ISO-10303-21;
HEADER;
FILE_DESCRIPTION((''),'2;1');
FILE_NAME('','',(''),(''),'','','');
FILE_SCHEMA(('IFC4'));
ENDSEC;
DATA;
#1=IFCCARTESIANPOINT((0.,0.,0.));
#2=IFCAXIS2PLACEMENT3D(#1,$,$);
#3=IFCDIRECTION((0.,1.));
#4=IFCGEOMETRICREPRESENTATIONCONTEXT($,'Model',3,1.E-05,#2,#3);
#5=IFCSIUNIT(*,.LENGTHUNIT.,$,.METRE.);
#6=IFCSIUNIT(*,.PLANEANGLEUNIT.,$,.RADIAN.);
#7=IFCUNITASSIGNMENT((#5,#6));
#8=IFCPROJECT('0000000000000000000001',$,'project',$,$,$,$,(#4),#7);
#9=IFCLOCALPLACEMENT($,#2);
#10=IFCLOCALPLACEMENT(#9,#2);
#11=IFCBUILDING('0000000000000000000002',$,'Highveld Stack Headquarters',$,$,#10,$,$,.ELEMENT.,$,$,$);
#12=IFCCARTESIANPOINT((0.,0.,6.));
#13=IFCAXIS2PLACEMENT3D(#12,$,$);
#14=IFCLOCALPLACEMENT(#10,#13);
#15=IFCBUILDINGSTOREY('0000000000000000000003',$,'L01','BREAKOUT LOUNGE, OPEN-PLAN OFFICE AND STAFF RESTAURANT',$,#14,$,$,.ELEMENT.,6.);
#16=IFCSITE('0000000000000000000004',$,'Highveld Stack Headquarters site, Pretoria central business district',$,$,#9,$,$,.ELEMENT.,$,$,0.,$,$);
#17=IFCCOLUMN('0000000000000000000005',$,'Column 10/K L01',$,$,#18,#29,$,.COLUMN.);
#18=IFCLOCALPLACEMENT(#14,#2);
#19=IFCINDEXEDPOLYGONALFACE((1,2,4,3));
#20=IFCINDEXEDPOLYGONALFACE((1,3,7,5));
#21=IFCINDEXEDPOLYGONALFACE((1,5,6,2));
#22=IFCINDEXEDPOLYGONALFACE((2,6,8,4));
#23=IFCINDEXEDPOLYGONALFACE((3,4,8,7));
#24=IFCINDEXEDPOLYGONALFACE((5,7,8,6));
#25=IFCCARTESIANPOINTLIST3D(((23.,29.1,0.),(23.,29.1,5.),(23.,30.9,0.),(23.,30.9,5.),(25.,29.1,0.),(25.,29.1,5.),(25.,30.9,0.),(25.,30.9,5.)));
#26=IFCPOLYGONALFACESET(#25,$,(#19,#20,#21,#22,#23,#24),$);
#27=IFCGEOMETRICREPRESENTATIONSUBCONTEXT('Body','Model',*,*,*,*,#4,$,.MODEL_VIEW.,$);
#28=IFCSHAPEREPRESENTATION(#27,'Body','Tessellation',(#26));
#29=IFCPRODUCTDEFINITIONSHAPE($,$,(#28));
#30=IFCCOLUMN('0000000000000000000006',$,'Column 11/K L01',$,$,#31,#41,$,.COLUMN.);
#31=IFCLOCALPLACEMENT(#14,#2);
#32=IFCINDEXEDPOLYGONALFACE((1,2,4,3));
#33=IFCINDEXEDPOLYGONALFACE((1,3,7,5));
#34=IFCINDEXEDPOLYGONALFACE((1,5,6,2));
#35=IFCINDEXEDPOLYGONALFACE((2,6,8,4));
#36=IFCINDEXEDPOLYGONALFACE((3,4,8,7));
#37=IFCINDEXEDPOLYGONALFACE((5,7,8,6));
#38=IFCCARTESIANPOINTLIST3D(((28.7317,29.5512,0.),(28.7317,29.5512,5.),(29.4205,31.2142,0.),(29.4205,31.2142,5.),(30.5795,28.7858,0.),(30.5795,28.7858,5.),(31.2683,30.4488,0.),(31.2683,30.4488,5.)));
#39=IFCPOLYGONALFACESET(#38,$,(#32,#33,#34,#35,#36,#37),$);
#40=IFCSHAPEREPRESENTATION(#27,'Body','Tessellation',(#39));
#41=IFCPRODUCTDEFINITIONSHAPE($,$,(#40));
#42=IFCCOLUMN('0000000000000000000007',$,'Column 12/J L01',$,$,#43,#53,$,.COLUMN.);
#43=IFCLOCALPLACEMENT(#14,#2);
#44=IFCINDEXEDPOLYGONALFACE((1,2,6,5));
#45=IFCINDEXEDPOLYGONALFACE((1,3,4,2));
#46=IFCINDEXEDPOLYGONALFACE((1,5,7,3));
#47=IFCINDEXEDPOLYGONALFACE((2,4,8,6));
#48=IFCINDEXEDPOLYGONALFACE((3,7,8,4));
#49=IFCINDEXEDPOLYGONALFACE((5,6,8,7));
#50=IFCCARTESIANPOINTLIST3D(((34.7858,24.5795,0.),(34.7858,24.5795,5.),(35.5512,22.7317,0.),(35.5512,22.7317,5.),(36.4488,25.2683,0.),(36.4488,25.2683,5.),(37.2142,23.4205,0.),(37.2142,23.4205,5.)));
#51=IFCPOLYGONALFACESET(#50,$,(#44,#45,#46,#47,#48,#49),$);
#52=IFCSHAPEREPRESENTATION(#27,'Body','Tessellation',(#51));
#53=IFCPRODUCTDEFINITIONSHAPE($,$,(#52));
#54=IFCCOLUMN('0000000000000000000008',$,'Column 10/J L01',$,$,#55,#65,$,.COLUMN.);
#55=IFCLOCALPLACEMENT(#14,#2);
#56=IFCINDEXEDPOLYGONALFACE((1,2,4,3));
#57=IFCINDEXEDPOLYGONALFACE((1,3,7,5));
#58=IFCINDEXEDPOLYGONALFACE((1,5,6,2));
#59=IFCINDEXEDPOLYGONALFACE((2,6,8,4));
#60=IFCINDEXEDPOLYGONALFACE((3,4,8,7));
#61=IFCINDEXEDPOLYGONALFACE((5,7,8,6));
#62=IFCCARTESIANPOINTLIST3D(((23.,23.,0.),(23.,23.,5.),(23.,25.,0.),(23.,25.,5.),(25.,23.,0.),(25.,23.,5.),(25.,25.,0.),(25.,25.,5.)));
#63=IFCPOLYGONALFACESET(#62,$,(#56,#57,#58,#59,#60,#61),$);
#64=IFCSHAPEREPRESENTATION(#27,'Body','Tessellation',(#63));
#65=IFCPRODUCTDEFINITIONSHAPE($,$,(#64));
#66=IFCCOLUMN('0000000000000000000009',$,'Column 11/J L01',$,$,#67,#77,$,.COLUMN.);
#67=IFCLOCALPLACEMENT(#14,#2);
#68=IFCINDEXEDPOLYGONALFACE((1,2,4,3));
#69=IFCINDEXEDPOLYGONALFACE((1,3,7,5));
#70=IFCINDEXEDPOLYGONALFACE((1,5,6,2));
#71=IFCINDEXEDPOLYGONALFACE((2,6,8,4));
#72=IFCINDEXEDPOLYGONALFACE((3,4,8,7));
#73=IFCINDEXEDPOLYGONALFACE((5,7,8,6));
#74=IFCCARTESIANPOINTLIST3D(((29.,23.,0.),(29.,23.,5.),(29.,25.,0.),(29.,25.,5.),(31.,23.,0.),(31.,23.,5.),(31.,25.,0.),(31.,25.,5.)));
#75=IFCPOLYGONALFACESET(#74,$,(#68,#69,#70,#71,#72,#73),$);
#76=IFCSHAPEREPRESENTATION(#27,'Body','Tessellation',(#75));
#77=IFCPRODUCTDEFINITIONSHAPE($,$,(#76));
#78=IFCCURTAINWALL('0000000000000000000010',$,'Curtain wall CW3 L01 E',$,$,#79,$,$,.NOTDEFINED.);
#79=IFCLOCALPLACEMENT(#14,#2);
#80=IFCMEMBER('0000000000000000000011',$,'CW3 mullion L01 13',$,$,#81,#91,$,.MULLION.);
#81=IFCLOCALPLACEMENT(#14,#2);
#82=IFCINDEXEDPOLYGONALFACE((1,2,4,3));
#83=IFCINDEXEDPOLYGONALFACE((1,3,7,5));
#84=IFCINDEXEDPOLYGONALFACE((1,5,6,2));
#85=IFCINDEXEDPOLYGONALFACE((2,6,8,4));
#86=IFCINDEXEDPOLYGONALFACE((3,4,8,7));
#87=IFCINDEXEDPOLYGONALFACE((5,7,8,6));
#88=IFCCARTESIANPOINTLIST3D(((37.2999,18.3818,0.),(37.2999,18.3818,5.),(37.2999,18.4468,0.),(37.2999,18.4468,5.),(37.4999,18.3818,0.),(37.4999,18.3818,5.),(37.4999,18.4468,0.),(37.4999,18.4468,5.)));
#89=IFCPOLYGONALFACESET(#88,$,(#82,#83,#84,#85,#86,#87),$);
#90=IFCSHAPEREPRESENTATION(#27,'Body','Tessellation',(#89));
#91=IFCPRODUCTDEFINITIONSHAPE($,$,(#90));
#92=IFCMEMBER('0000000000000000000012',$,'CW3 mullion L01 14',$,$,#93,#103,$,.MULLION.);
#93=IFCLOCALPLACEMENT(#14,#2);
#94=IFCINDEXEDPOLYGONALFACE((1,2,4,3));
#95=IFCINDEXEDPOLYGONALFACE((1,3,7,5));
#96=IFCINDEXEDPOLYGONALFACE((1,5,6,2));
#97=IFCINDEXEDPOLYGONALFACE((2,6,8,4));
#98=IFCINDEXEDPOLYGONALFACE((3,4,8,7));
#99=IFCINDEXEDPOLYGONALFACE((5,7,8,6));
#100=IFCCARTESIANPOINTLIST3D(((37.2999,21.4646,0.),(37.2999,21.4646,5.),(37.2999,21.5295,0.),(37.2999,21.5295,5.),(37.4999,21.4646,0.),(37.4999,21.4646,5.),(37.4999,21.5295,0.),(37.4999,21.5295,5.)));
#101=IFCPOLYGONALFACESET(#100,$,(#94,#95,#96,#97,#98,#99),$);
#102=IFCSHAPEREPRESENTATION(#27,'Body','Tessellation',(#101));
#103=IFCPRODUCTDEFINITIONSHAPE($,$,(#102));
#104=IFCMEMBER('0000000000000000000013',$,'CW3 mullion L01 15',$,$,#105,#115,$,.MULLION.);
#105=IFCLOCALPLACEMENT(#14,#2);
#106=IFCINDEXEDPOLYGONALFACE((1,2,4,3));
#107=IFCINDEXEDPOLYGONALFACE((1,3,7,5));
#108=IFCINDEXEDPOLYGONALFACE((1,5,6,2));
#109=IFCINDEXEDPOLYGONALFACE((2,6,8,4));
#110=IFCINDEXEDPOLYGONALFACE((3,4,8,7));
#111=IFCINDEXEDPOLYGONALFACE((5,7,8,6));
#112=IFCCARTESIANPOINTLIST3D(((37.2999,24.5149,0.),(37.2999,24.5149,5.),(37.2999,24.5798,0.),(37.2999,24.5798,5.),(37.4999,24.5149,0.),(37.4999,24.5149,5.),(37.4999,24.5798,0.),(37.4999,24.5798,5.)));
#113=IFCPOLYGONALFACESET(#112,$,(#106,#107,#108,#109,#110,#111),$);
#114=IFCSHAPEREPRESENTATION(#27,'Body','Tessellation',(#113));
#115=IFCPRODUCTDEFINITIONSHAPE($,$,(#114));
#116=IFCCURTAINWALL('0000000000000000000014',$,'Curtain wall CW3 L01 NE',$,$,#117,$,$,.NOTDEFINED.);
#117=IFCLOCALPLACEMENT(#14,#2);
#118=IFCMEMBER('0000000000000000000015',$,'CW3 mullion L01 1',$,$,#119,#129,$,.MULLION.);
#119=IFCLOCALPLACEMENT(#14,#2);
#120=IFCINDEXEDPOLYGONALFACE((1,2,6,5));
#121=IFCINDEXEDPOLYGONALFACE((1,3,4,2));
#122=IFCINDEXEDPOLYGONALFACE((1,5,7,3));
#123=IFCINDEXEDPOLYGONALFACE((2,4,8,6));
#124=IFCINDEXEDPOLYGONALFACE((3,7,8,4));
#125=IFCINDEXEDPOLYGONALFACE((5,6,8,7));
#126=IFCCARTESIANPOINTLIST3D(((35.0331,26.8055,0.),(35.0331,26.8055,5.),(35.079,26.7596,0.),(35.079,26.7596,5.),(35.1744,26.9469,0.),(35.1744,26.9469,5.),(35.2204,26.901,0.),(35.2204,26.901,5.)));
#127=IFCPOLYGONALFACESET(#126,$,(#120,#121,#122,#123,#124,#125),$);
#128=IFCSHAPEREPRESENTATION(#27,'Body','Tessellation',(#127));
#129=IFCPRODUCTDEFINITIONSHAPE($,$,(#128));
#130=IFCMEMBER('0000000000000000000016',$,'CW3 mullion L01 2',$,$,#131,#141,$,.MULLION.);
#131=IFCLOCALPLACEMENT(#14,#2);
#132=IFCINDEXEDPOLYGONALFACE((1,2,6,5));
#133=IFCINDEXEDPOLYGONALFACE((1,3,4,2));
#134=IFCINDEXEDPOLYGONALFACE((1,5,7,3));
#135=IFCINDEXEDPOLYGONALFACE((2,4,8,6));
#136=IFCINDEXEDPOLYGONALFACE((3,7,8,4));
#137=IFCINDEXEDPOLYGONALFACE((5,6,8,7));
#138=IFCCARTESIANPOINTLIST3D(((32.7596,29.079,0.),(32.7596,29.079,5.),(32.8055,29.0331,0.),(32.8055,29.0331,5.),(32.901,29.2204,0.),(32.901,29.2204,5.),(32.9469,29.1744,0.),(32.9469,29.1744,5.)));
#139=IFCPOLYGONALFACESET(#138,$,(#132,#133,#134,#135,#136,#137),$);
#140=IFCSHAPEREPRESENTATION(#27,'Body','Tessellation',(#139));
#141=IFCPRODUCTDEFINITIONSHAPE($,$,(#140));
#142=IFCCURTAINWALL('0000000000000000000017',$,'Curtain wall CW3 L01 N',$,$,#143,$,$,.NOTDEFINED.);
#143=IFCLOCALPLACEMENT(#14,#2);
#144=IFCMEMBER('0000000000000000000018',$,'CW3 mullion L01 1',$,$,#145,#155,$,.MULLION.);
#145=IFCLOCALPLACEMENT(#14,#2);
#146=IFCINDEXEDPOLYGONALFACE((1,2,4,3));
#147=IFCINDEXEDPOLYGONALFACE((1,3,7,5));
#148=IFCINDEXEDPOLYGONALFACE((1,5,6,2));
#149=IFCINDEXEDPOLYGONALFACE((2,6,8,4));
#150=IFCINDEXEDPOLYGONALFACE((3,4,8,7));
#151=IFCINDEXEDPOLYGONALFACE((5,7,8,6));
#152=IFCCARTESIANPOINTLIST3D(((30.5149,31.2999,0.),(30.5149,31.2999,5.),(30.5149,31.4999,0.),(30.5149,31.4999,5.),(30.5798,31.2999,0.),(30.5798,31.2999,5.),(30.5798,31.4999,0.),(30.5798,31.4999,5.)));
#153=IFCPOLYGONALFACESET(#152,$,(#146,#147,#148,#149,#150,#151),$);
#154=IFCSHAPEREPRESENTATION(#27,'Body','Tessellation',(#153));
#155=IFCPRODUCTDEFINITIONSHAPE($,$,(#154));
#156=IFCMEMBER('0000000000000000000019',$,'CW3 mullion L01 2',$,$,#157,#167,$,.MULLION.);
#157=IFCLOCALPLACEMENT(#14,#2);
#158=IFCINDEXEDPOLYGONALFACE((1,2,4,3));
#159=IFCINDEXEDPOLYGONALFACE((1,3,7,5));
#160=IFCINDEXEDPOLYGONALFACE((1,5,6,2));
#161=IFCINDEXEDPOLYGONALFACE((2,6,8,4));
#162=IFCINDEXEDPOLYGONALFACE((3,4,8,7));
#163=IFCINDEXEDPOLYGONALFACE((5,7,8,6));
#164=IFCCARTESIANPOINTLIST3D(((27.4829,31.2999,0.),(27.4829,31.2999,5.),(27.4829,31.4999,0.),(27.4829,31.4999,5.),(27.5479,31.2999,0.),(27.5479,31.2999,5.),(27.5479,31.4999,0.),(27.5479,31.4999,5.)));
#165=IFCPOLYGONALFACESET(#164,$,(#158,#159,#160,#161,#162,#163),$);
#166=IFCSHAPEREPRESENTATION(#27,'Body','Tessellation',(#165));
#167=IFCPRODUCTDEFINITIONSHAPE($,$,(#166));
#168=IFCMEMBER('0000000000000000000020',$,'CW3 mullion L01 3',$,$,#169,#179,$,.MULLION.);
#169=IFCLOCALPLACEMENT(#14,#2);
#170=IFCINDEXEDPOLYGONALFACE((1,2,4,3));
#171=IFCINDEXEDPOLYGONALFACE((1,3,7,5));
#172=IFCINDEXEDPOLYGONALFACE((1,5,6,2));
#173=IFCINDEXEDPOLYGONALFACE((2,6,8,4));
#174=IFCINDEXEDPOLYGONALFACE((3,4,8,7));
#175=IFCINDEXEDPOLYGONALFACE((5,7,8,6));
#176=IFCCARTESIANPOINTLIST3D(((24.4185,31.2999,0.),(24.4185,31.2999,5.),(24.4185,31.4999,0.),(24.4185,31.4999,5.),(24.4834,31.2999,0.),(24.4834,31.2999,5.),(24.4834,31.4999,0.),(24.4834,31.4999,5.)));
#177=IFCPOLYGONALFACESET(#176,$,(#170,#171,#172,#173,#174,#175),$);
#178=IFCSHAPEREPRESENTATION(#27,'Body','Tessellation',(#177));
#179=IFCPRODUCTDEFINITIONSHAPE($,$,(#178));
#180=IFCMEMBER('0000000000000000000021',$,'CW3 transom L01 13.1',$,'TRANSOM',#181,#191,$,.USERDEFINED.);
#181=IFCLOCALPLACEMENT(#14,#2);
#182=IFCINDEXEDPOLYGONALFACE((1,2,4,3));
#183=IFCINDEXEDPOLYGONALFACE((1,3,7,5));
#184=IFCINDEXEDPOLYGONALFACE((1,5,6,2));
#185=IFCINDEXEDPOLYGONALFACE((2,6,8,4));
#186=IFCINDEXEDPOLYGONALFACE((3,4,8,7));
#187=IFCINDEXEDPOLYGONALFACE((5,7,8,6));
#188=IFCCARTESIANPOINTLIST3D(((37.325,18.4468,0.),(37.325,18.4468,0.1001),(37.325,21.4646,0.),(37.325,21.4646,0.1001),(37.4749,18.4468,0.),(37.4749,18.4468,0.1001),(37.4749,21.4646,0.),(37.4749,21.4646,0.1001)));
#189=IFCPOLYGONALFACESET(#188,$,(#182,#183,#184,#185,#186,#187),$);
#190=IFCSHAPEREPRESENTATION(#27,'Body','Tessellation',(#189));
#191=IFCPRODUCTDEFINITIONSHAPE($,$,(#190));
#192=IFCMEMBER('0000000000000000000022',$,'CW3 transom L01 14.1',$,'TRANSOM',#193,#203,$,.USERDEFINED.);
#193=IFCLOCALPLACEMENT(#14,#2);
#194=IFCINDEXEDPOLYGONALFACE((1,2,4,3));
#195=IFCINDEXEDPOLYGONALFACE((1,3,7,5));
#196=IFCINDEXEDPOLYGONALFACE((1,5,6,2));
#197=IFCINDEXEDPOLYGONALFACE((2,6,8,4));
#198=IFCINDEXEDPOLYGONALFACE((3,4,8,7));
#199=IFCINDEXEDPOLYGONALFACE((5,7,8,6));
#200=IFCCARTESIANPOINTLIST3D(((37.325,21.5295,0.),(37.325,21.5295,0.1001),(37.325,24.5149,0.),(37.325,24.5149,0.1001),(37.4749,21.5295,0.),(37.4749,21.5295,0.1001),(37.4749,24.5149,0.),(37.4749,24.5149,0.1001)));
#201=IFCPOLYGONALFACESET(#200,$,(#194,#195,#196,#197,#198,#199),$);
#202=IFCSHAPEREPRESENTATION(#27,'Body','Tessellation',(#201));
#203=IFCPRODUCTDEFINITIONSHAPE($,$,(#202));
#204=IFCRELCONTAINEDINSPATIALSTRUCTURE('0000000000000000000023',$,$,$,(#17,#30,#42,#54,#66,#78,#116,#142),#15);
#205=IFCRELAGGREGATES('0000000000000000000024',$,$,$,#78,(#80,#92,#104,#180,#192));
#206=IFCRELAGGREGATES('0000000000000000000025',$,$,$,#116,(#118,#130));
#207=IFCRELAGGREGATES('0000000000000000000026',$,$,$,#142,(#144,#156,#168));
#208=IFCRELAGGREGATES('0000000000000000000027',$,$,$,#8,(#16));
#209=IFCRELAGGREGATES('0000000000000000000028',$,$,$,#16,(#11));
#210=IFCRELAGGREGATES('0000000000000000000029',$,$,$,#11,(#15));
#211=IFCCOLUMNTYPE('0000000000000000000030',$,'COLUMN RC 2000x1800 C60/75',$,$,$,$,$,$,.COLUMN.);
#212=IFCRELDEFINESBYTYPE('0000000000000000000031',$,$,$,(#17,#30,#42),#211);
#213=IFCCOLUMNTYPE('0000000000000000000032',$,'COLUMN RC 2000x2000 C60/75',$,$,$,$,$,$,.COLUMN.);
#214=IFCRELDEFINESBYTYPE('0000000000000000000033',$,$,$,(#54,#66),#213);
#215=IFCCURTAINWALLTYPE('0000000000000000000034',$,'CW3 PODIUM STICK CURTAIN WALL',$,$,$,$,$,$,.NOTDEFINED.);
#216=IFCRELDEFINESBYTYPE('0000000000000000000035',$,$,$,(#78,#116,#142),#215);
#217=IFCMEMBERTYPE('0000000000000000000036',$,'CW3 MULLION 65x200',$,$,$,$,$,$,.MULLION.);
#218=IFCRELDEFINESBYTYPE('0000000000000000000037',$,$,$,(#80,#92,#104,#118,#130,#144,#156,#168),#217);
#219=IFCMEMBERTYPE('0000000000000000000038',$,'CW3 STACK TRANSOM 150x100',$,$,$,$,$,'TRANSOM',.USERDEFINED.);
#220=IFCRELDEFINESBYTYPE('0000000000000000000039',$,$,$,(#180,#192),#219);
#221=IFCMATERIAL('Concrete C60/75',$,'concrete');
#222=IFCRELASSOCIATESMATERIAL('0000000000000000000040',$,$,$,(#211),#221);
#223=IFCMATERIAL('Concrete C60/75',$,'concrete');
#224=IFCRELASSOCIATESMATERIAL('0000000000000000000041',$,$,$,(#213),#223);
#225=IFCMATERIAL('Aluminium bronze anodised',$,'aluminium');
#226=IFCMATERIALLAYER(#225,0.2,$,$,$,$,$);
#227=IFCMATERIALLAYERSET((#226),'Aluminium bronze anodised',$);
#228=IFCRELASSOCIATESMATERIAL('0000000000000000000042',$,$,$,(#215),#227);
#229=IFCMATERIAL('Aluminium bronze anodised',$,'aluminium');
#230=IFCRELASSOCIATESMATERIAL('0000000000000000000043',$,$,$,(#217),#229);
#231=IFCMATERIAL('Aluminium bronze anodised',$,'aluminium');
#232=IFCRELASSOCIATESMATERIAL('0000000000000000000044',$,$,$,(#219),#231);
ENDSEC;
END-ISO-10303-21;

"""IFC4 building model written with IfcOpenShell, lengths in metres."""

from ifc_helpers import new_model, si_unit, direction, frame, origin, origin_2d, place, context, subcontext, project, spatial, rectangle, extrude, material, layer, layer_set, material_profile, profile_set, type_object, element, aggregate, save


model = new_model("IFC4")

# Units and contexts
model_context = context("Model", 3, precision=1e-05, world=origin(), true_north=direction((0.0, 1.0)))
body_context = subcontext(model_context, "Body", "Model", "MODEL_VIEW")
ifc_project = project(units=[si_unit("LENGTHUNIT", "METRE"), si_unit("PLANEANGLEUNIT", "RADIAN")], contexts=[model_context])

# Site, building, storey
site_placement = place(None, origin())
site = spatial("IfcSite", under=ifc_project, at=site_placement, Name="Highveld Stack Headquarters site, Pretoria central business district", CompositionType="ELEMENT", RefElevation=0.0)
building_placement = place(site_placement, origin())
building = spatial("IfcBuilding", under=site, at=building_placement, Name="Highveld Stack Headquarters", CompositionType="ELEMENT")
storey_placement = place(building_placement, frame((0.0, 0.0, 6.0)))
storey = spatial("IfcBuildingStorey", under=building, at=storey_placement, Name="L01", Description="BREAKOUT LOUNGE, OPEN-PLAN OFFICE AND STAFF RESTAURANT", CompositionType="ELEMENT", Elevation=6.0)

# Columns
ifc_material_1 = material(Name="Concrete C60/75", Category="concrete")
ifc_material_profile_1 = material_profile(ifc_material_1, rectangle(XDim=2.0, YDim=1.8, at=origin_2d()), Name="RC 2000x1800")
ifc_profile_set_1 = profile_set([ifc_material_profile_1], Name="Concrete C60/75")
column_type_1 = type_object("IfcColumnType", Name="COLUMN RC 2000x1800 C60/75", PredefinedType="COLUMN", material=ifc_profile_set_1)
for number, where, z_axis, x_axis, name in (
    (1, (24.0, 30.0, 0.0), (0.0, 0.0, 1.0), (1.0, 0.0, 0.0), "Column 10/K L01"),
    (2, (30.0, 30.0, 0.0), (0.0, 0.0, 1.0), (0.92388, -0.382683, 0.0), "Column 11/K L01"),
    (3, (36.0, 24.0, 0.0), (0.0, 0.0, 1.0), (0.382683, -0.92388, 0.0), "Column 12/J L01"),
):
    element("IfcColumn", number, at=place(storey_placement, frame(where, z_axis=z_axis, x_axis=x_axis)), inside=storey, type_object=column_type_1, Name=name, PredefinedType="COLUMN", context=body_context, shape_type="SweptSolid", body=[
        extrude(rectangle(XDim=2.0, YDim=1.8, at=origin_2d()), origin(), (0.0, 0.0, 1.0), 5.0),
    ])
ifc_material_2 = material(Name="Concrete C60/75", Category="concrete")
ifc_material_profile_2 = material_profile(ifc_material_2, rectangle(XDim=2.0, YDim=2.0, at=origin_2d()), Name="RC 2000x2000")
ifc_profile_set_2 = profile_set([ifc_material_profile_2], Name="Concrete C60/75")
column_type_2 = type_object("IfcColumnType", Name="COLUMN RC 2000x2000 C60/75", PredefinedType="COLUMN", material=ifc_profile_set_2)
for number, where, z_axis, x_axis, name in (
    (4, (24.0, 24.0, 0.0), (0.0, 0.0, 1.0), (1.0, 0.0, 0.0), "Column 10/J L01"),
    (5, (30.0, 24.0, 0.0), (0.0, 0.0, 1.0), (1.0, 0.0, 0.0), "Column 11/J L01"),
):
    element("IfcColumn", number, at=place(storey_placement, frame(where, z_axis=z_axis, x_axis=x_axis)), inside=storey, type_object=column_type_2, Name=name, PredefinedType="COLUMN", context=body_context, shape_type="SweptSolid", body=[
        extrude(rectangle(XDim=2.0, YDim=2.0, at=origin_2d()), origin(), (0.0, 0.0, 1.0), 5.0),
    ])

# Curtain walls, members
ifc_material_3 = material(Name="Aluminium bronze anodised", Category="aluminium")
ifc_layer_1 = layer(ifc_material_3, 0.2)
ifc_layer_set_1 = layer_set([ifc_layer_1], Name="Aluminium bronze anodised")
curtain_wall_type = type_object("IfcCurtainWallType", Name="CW3 PODIUM STICK CURTAIN WALL", PredefinedType="NOTDEFINED", material=ifc_layer_set_1)
curtain_wall_1_placement = place(storey_placement, origin())
curtain_wall_1 = element("IfcCurtainWall", 6, at=curtain_wall_1_placement, inside=storey, type_object=curtain_wall_type, Name="Curtain wall CW3 L01 E", PredefinedType="NOTDEFINED")
ifc_material_4 = material(Name="Aluminium bronze anodised", Category="aluminium")
ifc_material_profile_3 = material_profile(ifc_material_4, rectangle(XDim=0.2, YDim=0.0649, at=origin_2d()), Name="CW3 MULLION 65x200")
ifc_profile_set_3 = profile_set([ifc_material_profile_3], Name="Aluminium bronze anodised")
member_type_1 = type_object("IfcMemberType", Name="CW3 MULLION 65x200", PredefinedType="MULLION", material=ifc_profile_set_3)
member_1_placement = place(storey_placement, frame((37.3999, 18.4143, 0.0), z_axis=(0.0, 0.0, 1.0), x_axis=(-1.0, 0.0, 0.0)))
member_1 = element("IfcMember", 7, at=member_1_placement, type_object=member_type_1, Name="CW3 mullion L01 13", PredefinedType="MULLION", context=body_context, shape_type="SweptSolid", body=[
    extrude(rectangle(XDim=0.2, YDim=0.0649, at=origin_2d()), origin(), (0.0, 0.0, 1.0), 5.0),
])
member_2_placement = place(storey_placement, frame((37.3999, 21.4971, 0.0), z_axis=(0.0, 0.0, 1.0), x_axis=(-1.0, 0.0, 0.0)))
member_2 = element("IfcMember", 8, at=member_2_placement, type_object=member_type_1, Name="CW3 mullion L01 14", PredefinedType="MULLION", context=body_context, shape_type="SweptSolid", body=[
    extrude(rectangle(XDim=0.2, YDim=0.0649, at=origin_2d()), origin(), (0.0, 0.0, 1.0), 5.0),
])
member_3_placement = place(storey_placement, frame((37.3999, 24.5474, 0.0), z_axis=(0.0, 0.0, 1.0), x_axis=(-1.0, 0.0, 0.0)))
member_3 = element("IfcMember", 9, at=member_3_placement, type_object=member_type_1, Name="CW3 mullion L01 15", PredefinedType="MULLION", context=body_context, shape_type="SweptSolid", body=[
    extrude(rectangle(XDim=0.2, YDim=0.0649, at=origin_2d()), origin(), (0.0, 0.0, 1.0), 5.0),
])
curtain_wall_2_placement = place(storey_placement, origin())
curtain_wall_2 = element("IfcCurtainWall", 10, at=curtain_wall_2_placement, inside=storey, type_object=curtain_wall_type, Name="Curtain wall CW3 L01 NE", PredefinedType="NOTDEFINED")
member_4_placement = place(storey_placement, frame((35.1267, 26.8533, 0.0), z_axis=(0.0, 0.0, 1.0), x_axis=(-0.707107, -0.707107, 0.0)))
member_4 = element("IfcMember", 11, at=member_4_placement, type_object=member_type_1, Name="CW3 mullion L01 1", PredefinedType="MULLION", context=body_context, shape_type="SweptSolid", body=[
    extrude(rectangle(XDim=0.2, YDim=0.0649, at=origin_2d()), origin(), (0.0, 0.0, 1.0), 5.0),
])
member_5_placement = place(storey_placement, frame((32.8533, 29.1267, 0.0), z_axis=(0.0, 0.0, 1.0), x_axis=(-0.707107, -0.707107, 0.0)))
member_5 = element("IfcMember", 12, at=member_5_placement, type_object=member_type_1, Name="CW3 mullion L01 2", PredefinedType="MULLION", context=body_context, shape_type="SweptSolid", body=[
    extrude(rectangle(XDim=0.2, YDim=0.0649, at=origin_2d()), origin(), (0.0, 0.0, 1.0), 5.0),
])
curtain_wall_3_placement = place(storey_placement, origin())
curtain_wall_3 = element("IfcCurtainWall", 13, at=curtain_wall_3_placement, inside=storey, type_object=curtain_wall_type, Name="Curtain wall CW3 L01 N", PredefinedType="NOTDEFINED")
member_6_placement = place(storey_placement, frame((30.5474, 31.3999, 0.0), z_axis=(0.0, 0.0, 1.0), x_axis=(0.0, -1.0, 0.0)))
member_6 = element("IfcMember", 14, at=member_6_placement, type_object=member_type_1, Name="CW3 mullion L01 1", PredefinedType="MULLION", context=body_context, shape_type="SweptSolid", body=[
    extrude(rectangle(XDim=0.2, YDim=0.0649, at=origin_2d()), origin(), (0.0, 0.0, 1.0), 5.0),
])
member_7_placement = place(storey_placement, frame((27.5154, 31.3999, 0.0), z_axis=(0.0, 0.0, 1.0), x_axis=(0.0, -1.0, 0.0)))
member_7 = element("IfcMember", 15, at=member_7_placement, type_object=member_type_1, Name="CW3 mullion L01 2", PredefinedType="MULLION", context=body_context, shape_type="SweptSolid", body=[
    extrude(rectangle(XDim=0.2, YDim=0.0649, at=origin_2d()), origin(), (0.0, 0.0, 1.0), 5.0),
])
member_8_placement = place(storey_placement, frame((24.4509, 31.3999, 0.0), z_axis=(0.0, 0.0, 1.0), x_axis=(0.0, -1.0, 0.0)))
member_8 = element("IfcMember", 16, at=member_8_placement, type_object=member_type_1, Name="CW3 mullion L01 3", PredefinedType="MULLION", context=body_context, shape_type="SweptSolid", body=[
    extrude(rectangle(XDim=0.2, YDim=0.0649, at=origin_2d()), origin(), (0.0, 0.0, 1.0), 5.0),
])

# Members
ifc_material_5 = material(Name="Aluminium bronze anodised", Category="aluminium")
ifc_material_profile_4 = material_profile(ifc_material_5, rectangle(XDim=0.1499, YDim=0.1001, at=origin_2d()), Name="CW3 TRANSOM 150x100")
ifc_profile_set_4 = profile_set([ifc_material_profile_4], Name="Aluminium bronze anodised")
member_type_2 = type_object("IfcMemberType", Name="CW3 STACK TRANSOM 150x100", ElementType="TRANSOM", PredefinedType="USERDEFINED", material=ifc_profile_set_4)
member_9_placement = place(storey_placement, frame((37.3999, 18.4468, 0.05), z_axis=(0.0, 1.0, 0.0), x_axis=(-1.0, 0.0, 0.0)))
member_9 = element("IfcMember", 17, at=member_9_placement, type_object=member_type_2, Name="CW3 transom L01 13.1", ObjectType="TRANSOM", PredefinedType="USERDEFINED", context=body_context, shape_type="SweptSolid", body=[
    extrude(rectangle(XDim=0.1499, YDim=0.1001, at=origin_2d()), origin(), (0.0, 0.0, 1.0), 3.0178),
])
member_10_placement = place(storey_placement, frame((37.3999, 21.5295, 0.05), z_axis=(0.0, 1.0, 0.0), x_axis=(-1.0, 0.0, 0.0)))
member_10 = element("IfcMember", 18, at=member_10_placement, type_object=member_type_2, Name="CW3 transom L01 14.1", ObjectType="TRANSOM", PredefinedType="USERDEFINED", context=body_context, shape_type="SweptSolid", body=[
    extrude(rectangle(XDim=0.1499, YDim=0.1001, at=origin_2d()), origin(), (0.0, 0.0, 1.0), 2.9854),
])

aggregate(curtain_wall_1, [member_1, member_2, member_3, member_9, member_10])
aggregate(curtain_wall_2, [member_4, member_5])
aggregate(curtain_wall_3, [member_6, member_7, member_8])

save(model, "model.ifc")
